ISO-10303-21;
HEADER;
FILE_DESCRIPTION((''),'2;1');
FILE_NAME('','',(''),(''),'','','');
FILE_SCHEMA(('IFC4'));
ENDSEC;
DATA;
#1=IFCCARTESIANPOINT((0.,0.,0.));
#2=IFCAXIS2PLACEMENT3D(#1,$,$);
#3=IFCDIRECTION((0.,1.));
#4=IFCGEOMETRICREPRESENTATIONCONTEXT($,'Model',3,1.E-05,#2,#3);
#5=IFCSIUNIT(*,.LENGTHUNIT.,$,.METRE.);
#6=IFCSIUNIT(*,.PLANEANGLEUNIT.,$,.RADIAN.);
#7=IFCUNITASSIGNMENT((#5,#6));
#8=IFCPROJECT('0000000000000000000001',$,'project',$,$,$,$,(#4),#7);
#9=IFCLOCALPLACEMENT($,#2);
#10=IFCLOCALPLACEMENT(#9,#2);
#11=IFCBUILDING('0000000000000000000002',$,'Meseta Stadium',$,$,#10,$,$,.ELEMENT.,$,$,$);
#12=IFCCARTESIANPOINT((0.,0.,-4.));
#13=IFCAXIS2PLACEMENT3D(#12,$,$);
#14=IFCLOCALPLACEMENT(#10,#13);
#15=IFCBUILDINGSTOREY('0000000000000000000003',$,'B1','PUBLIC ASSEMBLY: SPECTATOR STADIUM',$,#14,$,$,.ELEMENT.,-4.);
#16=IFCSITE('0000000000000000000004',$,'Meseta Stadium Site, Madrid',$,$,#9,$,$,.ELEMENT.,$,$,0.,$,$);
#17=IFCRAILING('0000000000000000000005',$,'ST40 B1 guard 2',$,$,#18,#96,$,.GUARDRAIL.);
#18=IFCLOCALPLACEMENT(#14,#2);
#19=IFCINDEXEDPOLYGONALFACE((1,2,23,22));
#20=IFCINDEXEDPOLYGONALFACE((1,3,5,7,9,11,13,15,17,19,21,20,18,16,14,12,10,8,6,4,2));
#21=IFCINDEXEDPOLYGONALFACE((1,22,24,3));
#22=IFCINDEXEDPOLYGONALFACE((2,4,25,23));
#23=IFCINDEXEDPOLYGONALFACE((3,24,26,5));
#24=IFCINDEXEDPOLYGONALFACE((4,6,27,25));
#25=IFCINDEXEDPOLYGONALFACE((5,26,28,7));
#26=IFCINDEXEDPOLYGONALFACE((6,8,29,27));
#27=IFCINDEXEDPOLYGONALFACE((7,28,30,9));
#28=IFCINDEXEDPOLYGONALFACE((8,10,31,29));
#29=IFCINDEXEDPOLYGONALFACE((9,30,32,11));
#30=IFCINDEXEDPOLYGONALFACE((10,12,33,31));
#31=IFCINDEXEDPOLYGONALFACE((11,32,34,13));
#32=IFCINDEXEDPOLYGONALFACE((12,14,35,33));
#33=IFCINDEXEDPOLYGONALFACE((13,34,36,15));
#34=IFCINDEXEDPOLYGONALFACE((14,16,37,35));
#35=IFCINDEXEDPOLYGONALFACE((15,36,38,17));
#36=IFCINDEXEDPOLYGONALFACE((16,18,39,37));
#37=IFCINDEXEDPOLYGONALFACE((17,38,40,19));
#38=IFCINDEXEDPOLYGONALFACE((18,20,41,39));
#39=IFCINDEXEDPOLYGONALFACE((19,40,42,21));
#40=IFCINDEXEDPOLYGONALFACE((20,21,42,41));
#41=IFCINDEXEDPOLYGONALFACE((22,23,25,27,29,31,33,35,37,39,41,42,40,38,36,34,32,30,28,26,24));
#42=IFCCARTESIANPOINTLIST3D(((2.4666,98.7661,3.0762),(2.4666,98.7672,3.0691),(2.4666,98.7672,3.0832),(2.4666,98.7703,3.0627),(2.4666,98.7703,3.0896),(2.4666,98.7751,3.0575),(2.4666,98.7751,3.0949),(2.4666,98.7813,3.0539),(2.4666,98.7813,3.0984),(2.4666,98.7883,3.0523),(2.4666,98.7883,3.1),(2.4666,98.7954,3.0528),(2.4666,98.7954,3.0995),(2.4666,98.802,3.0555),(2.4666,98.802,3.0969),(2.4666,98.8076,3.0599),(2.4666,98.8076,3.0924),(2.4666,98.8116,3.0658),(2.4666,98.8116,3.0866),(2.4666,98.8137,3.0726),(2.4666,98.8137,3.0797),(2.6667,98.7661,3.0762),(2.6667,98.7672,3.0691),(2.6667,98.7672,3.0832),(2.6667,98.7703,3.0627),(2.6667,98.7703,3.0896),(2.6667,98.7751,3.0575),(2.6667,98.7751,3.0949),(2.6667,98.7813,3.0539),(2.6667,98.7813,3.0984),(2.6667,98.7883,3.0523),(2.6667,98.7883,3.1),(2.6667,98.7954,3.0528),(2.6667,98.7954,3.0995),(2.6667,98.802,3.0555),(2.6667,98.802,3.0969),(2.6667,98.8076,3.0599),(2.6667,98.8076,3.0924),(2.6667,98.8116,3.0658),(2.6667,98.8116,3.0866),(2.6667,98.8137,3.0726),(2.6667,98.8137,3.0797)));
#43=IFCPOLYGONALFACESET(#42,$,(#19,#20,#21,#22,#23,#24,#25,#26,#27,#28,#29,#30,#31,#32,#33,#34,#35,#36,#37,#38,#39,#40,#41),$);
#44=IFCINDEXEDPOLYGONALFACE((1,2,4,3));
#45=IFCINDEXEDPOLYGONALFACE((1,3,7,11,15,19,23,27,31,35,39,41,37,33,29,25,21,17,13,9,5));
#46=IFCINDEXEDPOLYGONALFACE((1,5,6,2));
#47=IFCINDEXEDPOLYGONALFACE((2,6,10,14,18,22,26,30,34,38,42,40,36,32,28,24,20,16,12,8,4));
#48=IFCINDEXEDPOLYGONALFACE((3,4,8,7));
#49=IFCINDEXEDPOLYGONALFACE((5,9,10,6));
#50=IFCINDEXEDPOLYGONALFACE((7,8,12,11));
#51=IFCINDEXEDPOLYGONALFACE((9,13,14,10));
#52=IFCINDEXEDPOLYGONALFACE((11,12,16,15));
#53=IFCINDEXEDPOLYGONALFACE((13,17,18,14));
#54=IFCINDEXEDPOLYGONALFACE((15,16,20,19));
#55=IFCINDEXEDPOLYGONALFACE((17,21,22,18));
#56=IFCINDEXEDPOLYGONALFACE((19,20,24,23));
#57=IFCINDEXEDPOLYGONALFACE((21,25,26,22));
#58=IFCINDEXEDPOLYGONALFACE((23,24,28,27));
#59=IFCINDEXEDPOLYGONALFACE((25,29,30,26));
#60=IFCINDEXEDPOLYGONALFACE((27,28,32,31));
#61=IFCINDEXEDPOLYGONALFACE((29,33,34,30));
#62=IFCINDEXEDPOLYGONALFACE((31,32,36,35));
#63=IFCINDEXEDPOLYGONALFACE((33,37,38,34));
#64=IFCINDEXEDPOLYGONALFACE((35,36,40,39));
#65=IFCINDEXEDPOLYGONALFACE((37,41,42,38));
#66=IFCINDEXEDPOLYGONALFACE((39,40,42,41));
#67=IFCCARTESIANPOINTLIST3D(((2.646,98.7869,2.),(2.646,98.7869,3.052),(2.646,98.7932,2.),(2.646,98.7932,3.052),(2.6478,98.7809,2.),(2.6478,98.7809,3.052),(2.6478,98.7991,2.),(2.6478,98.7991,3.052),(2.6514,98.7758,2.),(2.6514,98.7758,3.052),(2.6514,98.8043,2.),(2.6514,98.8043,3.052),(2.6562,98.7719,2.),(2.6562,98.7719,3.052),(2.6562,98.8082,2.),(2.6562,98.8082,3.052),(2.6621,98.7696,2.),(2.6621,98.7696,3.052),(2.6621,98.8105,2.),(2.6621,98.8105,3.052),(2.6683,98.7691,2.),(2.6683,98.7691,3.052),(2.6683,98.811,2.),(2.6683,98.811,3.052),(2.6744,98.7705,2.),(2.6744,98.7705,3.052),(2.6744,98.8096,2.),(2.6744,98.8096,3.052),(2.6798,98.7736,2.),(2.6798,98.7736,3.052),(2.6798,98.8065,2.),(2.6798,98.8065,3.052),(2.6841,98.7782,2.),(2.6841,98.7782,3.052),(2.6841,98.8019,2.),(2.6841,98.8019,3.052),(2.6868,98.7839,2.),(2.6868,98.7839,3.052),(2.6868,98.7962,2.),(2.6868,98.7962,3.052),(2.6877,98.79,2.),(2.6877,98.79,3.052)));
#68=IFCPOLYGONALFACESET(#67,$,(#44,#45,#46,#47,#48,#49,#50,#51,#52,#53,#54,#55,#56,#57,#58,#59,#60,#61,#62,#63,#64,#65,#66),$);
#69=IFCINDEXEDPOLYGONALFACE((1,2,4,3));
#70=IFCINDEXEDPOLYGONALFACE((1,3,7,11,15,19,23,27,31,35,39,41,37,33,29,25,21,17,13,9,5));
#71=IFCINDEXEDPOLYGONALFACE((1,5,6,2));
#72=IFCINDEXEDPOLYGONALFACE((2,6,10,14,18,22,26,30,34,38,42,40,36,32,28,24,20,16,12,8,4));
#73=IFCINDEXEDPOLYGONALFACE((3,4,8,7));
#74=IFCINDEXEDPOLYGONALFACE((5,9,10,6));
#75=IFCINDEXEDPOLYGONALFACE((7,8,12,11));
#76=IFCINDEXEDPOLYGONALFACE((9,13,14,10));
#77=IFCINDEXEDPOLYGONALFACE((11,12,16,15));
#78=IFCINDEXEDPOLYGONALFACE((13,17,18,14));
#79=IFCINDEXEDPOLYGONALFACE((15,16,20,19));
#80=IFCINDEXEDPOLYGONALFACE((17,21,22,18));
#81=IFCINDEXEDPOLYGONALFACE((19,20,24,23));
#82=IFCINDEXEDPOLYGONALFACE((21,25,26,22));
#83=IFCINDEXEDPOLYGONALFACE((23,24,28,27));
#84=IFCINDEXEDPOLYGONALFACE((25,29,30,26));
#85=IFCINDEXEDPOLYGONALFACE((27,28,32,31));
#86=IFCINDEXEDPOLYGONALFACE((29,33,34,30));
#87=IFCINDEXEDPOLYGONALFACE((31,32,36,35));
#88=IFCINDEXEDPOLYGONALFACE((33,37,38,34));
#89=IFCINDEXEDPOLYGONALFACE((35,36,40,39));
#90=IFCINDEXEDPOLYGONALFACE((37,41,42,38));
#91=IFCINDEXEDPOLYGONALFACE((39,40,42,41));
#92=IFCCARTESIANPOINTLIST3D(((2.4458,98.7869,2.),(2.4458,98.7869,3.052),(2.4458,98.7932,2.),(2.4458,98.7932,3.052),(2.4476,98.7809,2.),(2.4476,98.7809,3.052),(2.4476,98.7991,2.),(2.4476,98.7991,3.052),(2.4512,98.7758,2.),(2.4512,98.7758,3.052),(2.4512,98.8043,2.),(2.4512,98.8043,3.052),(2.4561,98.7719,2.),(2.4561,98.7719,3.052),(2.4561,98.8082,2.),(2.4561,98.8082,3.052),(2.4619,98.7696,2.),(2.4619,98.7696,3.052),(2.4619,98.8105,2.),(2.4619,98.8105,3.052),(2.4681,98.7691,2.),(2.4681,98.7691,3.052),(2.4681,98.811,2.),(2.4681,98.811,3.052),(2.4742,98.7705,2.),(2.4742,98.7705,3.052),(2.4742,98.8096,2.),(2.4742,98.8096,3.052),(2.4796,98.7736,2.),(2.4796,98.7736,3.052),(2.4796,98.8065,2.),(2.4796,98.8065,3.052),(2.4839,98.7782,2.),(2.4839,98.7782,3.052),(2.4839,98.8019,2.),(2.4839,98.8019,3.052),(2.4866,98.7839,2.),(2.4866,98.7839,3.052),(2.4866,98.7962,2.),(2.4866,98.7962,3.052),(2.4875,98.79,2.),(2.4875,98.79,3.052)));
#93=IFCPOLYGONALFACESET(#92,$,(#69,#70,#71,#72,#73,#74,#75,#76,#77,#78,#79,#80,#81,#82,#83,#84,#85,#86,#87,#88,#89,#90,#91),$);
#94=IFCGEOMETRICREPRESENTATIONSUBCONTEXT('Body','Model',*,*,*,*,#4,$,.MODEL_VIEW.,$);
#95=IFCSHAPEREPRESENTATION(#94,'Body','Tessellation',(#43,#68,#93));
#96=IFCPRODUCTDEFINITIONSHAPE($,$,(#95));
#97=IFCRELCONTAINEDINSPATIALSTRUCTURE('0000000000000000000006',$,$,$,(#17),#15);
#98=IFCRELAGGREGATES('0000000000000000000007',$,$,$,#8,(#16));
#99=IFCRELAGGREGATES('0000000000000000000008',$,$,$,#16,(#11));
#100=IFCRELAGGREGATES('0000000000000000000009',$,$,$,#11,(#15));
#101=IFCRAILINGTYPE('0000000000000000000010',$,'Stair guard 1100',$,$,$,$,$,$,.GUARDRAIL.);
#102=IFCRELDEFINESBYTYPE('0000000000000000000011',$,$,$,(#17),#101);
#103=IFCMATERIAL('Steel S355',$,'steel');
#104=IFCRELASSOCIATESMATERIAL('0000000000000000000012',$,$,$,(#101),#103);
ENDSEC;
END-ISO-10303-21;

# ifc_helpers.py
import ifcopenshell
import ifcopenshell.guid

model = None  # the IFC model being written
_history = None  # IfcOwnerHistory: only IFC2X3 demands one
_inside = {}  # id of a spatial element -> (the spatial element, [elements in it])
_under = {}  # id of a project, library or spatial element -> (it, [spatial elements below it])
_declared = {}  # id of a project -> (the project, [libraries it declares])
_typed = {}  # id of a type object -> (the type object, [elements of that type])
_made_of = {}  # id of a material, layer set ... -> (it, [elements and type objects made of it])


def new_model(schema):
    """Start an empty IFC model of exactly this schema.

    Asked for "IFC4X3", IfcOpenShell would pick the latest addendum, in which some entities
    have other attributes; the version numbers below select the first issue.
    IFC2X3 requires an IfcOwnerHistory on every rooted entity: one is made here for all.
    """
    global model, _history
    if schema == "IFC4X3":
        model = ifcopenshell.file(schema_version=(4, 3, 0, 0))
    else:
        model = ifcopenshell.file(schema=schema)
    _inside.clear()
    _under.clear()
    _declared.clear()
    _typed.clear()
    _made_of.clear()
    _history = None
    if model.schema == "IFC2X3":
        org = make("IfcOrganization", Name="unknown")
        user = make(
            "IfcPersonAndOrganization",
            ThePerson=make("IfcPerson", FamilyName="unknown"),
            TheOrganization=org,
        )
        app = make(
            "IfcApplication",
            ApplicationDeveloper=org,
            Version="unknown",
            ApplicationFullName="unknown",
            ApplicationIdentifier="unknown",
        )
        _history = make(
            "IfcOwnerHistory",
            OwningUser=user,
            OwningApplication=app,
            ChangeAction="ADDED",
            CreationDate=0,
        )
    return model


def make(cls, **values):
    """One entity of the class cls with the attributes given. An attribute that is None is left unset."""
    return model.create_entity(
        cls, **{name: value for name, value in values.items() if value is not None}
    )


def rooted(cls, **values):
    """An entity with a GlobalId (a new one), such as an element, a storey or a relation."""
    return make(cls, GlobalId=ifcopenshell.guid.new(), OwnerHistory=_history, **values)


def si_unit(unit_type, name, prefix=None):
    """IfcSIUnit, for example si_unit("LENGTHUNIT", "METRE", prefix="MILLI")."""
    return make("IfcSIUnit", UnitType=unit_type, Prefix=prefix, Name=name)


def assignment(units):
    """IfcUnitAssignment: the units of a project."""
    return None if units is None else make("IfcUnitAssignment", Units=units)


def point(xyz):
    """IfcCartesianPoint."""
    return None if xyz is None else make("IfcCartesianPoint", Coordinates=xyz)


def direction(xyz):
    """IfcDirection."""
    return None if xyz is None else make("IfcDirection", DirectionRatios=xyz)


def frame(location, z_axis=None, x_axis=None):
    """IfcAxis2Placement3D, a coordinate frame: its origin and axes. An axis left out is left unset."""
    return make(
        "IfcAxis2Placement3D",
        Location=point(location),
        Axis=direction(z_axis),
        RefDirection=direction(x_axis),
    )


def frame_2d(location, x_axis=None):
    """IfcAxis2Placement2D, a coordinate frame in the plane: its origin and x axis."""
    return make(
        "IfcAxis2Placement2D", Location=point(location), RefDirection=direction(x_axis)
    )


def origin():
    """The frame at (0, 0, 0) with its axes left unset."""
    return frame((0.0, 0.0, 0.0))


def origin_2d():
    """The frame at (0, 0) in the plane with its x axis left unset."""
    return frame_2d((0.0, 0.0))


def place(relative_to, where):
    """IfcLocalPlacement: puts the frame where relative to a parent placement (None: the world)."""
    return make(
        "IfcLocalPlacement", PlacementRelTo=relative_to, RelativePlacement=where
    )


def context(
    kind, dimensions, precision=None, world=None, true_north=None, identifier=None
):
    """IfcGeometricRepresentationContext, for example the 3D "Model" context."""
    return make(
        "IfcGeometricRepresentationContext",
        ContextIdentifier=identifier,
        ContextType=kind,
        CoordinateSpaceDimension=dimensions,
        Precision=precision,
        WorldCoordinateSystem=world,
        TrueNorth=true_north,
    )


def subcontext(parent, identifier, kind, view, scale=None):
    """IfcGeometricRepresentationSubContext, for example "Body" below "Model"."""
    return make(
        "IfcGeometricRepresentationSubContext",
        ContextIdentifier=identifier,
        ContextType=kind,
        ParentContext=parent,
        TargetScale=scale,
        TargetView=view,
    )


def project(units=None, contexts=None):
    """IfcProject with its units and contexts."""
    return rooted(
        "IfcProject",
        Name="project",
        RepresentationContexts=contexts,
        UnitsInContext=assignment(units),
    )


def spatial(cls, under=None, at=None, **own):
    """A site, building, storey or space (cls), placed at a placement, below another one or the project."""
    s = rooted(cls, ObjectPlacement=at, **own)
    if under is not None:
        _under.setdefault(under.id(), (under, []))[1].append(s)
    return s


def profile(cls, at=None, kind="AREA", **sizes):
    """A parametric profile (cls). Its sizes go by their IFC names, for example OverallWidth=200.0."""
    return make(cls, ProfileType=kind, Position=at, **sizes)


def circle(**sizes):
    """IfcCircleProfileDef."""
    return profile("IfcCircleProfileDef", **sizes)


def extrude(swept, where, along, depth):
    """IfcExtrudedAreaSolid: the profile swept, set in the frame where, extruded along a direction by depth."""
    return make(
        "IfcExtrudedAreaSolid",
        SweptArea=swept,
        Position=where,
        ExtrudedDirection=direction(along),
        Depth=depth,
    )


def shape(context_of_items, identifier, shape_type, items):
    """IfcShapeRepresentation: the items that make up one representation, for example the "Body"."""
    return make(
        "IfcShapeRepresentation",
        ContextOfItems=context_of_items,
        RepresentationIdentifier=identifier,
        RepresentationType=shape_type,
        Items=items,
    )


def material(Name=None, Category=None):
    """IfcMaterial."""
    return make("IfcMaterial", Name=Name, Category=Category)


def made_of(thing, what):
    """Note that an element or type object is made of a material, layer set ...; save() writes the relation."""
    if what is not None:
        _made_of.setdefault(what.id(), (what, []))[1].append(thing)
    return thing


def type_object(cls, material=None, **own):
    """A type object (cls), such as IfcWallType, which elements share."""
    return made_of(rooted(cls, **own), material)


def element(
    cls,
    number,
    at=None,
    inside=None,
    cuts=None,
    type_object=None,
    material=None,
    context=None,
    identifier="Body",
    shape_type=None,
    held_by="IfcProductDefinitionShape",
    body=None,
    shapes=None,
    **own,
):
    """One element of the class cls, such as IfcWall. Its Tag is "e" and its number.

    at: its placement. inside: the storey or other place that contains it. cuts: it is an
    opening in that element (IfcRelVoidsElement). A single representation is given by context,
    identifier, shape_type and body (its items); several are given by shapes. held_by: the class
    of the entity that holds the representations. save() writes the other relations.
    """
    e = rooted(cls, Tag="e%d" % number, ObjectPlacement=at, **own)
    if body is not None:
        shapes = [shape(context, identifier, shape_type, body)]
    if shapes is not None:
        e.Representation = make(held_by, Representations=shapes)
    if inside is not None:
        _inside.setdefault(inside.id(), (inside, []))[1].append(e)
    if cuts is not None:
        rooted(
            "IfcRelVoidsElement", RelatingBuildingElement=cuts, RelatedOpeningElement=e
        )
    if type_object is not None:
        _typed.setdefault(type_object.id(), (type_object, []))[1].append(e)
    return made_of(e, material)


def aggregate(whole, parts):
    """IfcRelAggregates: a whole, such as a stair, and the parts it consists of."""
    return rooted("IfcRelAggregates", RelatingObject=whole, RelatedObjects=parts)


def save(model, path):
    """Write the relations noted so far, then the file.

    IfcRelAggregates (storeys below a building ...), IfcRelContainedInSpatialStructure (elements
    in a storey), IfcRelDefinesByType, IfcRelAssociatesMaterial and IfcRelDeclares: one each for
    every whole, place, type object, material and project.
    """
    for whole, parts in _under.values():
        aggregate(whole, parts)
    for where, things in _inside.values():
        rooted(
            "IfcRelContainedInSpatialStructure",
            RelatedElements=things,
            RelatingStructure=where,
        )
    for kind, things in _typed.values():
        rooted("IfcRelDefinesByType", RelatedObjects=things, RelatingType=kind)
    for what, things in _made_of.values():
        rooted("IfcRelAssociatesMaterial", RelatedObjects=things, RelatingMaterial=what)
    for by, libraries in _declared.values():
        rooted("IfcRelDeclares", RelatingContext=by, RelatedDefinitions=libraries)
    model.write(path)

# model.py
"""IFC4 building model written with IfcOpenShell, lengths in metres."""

from ifc_helpers import new_model, si_unit, direction, frame, origin, origin_2d, place, context, subcontext, project, spatial, circle, extrude, material, type_object, element, save


model = new_model("IFC4")

# Units and contexts
model_context = context("Model", 3, precision=1e-05, world=origin(), true_north=direction((0.0, 1.0)))
body_context = subcontext(model_context, "Body", "Model", "MODEL_VIEW")
ifc_project = project(units=[si_unit("LENGTHUNIT", "METRE"), si_unit("PLANEANGLEUNIT", "RADIAN")], contexts=[model_context])

# Site, building, storey
site_placement = place(None, origin())
site = spatial("IfcSite", under=ifc_project, at=site_placement, Name="Meseta Stadium Site, Madrid", CompositionType="ELEMENT", RefElevation=0.0)
building_placement = place(site_placement, origin())
building = spatial("IfcBuilding", under=site, at=building_placement, Name="Meseta Stadium", CompositionType="ELEMENT")
storey_placement = place(building_placement, frame((0.0, 0.0, -4.0)))
storey = spatial("IfcBuildingStorey", under=building, at=storey_placement, Name="B1", Description="PUBLIC ASSEMBLY: SPECTATOR STADIUM", CompositionType="ELEMENT", Elevation=-4.0)

# Railing
ifc_material_1 = material(Name="Steel S355", Category="steel")
railing_type_1 = type_object("IfcRailingType", Name="Stair guard 1100", PredefinedType="GUARDRAIL", material=ifc_material_1)
railing_1_placement = place(storey_placement, frame((2.6667, 98.79, 2.0)))
element("IfcRailing", 1, at=railing_1_placement, inside=storey, type_object=railing_type_1, Name="ST40 B1 guard 2", PredefinedType="GUARDRAIL", context=body_context, shape_type="SweptSolid", body=[
    extrude(circle(Radius=0.0239, at=origin_2d()), frame((0.0, 0.0, 1.0762), z_axis=(-1.0, 0.0, 0.0), x_axis=(0.0, -1.0, 0.0)), (0.0, 0.0, 1.0), 0.2002),
    extrude(circle(Radius=0.021, at=origin_2d()), origin(), (0.0, 0.0, 1.0), 1.052),
    extrude(circle(Radius=0.021, at=origin_2d()), frame((-0.2002, 0.0, 0.0)), (0.0, 0.0, 1.0), 1.052),
])

save(model, "model.ifc")
